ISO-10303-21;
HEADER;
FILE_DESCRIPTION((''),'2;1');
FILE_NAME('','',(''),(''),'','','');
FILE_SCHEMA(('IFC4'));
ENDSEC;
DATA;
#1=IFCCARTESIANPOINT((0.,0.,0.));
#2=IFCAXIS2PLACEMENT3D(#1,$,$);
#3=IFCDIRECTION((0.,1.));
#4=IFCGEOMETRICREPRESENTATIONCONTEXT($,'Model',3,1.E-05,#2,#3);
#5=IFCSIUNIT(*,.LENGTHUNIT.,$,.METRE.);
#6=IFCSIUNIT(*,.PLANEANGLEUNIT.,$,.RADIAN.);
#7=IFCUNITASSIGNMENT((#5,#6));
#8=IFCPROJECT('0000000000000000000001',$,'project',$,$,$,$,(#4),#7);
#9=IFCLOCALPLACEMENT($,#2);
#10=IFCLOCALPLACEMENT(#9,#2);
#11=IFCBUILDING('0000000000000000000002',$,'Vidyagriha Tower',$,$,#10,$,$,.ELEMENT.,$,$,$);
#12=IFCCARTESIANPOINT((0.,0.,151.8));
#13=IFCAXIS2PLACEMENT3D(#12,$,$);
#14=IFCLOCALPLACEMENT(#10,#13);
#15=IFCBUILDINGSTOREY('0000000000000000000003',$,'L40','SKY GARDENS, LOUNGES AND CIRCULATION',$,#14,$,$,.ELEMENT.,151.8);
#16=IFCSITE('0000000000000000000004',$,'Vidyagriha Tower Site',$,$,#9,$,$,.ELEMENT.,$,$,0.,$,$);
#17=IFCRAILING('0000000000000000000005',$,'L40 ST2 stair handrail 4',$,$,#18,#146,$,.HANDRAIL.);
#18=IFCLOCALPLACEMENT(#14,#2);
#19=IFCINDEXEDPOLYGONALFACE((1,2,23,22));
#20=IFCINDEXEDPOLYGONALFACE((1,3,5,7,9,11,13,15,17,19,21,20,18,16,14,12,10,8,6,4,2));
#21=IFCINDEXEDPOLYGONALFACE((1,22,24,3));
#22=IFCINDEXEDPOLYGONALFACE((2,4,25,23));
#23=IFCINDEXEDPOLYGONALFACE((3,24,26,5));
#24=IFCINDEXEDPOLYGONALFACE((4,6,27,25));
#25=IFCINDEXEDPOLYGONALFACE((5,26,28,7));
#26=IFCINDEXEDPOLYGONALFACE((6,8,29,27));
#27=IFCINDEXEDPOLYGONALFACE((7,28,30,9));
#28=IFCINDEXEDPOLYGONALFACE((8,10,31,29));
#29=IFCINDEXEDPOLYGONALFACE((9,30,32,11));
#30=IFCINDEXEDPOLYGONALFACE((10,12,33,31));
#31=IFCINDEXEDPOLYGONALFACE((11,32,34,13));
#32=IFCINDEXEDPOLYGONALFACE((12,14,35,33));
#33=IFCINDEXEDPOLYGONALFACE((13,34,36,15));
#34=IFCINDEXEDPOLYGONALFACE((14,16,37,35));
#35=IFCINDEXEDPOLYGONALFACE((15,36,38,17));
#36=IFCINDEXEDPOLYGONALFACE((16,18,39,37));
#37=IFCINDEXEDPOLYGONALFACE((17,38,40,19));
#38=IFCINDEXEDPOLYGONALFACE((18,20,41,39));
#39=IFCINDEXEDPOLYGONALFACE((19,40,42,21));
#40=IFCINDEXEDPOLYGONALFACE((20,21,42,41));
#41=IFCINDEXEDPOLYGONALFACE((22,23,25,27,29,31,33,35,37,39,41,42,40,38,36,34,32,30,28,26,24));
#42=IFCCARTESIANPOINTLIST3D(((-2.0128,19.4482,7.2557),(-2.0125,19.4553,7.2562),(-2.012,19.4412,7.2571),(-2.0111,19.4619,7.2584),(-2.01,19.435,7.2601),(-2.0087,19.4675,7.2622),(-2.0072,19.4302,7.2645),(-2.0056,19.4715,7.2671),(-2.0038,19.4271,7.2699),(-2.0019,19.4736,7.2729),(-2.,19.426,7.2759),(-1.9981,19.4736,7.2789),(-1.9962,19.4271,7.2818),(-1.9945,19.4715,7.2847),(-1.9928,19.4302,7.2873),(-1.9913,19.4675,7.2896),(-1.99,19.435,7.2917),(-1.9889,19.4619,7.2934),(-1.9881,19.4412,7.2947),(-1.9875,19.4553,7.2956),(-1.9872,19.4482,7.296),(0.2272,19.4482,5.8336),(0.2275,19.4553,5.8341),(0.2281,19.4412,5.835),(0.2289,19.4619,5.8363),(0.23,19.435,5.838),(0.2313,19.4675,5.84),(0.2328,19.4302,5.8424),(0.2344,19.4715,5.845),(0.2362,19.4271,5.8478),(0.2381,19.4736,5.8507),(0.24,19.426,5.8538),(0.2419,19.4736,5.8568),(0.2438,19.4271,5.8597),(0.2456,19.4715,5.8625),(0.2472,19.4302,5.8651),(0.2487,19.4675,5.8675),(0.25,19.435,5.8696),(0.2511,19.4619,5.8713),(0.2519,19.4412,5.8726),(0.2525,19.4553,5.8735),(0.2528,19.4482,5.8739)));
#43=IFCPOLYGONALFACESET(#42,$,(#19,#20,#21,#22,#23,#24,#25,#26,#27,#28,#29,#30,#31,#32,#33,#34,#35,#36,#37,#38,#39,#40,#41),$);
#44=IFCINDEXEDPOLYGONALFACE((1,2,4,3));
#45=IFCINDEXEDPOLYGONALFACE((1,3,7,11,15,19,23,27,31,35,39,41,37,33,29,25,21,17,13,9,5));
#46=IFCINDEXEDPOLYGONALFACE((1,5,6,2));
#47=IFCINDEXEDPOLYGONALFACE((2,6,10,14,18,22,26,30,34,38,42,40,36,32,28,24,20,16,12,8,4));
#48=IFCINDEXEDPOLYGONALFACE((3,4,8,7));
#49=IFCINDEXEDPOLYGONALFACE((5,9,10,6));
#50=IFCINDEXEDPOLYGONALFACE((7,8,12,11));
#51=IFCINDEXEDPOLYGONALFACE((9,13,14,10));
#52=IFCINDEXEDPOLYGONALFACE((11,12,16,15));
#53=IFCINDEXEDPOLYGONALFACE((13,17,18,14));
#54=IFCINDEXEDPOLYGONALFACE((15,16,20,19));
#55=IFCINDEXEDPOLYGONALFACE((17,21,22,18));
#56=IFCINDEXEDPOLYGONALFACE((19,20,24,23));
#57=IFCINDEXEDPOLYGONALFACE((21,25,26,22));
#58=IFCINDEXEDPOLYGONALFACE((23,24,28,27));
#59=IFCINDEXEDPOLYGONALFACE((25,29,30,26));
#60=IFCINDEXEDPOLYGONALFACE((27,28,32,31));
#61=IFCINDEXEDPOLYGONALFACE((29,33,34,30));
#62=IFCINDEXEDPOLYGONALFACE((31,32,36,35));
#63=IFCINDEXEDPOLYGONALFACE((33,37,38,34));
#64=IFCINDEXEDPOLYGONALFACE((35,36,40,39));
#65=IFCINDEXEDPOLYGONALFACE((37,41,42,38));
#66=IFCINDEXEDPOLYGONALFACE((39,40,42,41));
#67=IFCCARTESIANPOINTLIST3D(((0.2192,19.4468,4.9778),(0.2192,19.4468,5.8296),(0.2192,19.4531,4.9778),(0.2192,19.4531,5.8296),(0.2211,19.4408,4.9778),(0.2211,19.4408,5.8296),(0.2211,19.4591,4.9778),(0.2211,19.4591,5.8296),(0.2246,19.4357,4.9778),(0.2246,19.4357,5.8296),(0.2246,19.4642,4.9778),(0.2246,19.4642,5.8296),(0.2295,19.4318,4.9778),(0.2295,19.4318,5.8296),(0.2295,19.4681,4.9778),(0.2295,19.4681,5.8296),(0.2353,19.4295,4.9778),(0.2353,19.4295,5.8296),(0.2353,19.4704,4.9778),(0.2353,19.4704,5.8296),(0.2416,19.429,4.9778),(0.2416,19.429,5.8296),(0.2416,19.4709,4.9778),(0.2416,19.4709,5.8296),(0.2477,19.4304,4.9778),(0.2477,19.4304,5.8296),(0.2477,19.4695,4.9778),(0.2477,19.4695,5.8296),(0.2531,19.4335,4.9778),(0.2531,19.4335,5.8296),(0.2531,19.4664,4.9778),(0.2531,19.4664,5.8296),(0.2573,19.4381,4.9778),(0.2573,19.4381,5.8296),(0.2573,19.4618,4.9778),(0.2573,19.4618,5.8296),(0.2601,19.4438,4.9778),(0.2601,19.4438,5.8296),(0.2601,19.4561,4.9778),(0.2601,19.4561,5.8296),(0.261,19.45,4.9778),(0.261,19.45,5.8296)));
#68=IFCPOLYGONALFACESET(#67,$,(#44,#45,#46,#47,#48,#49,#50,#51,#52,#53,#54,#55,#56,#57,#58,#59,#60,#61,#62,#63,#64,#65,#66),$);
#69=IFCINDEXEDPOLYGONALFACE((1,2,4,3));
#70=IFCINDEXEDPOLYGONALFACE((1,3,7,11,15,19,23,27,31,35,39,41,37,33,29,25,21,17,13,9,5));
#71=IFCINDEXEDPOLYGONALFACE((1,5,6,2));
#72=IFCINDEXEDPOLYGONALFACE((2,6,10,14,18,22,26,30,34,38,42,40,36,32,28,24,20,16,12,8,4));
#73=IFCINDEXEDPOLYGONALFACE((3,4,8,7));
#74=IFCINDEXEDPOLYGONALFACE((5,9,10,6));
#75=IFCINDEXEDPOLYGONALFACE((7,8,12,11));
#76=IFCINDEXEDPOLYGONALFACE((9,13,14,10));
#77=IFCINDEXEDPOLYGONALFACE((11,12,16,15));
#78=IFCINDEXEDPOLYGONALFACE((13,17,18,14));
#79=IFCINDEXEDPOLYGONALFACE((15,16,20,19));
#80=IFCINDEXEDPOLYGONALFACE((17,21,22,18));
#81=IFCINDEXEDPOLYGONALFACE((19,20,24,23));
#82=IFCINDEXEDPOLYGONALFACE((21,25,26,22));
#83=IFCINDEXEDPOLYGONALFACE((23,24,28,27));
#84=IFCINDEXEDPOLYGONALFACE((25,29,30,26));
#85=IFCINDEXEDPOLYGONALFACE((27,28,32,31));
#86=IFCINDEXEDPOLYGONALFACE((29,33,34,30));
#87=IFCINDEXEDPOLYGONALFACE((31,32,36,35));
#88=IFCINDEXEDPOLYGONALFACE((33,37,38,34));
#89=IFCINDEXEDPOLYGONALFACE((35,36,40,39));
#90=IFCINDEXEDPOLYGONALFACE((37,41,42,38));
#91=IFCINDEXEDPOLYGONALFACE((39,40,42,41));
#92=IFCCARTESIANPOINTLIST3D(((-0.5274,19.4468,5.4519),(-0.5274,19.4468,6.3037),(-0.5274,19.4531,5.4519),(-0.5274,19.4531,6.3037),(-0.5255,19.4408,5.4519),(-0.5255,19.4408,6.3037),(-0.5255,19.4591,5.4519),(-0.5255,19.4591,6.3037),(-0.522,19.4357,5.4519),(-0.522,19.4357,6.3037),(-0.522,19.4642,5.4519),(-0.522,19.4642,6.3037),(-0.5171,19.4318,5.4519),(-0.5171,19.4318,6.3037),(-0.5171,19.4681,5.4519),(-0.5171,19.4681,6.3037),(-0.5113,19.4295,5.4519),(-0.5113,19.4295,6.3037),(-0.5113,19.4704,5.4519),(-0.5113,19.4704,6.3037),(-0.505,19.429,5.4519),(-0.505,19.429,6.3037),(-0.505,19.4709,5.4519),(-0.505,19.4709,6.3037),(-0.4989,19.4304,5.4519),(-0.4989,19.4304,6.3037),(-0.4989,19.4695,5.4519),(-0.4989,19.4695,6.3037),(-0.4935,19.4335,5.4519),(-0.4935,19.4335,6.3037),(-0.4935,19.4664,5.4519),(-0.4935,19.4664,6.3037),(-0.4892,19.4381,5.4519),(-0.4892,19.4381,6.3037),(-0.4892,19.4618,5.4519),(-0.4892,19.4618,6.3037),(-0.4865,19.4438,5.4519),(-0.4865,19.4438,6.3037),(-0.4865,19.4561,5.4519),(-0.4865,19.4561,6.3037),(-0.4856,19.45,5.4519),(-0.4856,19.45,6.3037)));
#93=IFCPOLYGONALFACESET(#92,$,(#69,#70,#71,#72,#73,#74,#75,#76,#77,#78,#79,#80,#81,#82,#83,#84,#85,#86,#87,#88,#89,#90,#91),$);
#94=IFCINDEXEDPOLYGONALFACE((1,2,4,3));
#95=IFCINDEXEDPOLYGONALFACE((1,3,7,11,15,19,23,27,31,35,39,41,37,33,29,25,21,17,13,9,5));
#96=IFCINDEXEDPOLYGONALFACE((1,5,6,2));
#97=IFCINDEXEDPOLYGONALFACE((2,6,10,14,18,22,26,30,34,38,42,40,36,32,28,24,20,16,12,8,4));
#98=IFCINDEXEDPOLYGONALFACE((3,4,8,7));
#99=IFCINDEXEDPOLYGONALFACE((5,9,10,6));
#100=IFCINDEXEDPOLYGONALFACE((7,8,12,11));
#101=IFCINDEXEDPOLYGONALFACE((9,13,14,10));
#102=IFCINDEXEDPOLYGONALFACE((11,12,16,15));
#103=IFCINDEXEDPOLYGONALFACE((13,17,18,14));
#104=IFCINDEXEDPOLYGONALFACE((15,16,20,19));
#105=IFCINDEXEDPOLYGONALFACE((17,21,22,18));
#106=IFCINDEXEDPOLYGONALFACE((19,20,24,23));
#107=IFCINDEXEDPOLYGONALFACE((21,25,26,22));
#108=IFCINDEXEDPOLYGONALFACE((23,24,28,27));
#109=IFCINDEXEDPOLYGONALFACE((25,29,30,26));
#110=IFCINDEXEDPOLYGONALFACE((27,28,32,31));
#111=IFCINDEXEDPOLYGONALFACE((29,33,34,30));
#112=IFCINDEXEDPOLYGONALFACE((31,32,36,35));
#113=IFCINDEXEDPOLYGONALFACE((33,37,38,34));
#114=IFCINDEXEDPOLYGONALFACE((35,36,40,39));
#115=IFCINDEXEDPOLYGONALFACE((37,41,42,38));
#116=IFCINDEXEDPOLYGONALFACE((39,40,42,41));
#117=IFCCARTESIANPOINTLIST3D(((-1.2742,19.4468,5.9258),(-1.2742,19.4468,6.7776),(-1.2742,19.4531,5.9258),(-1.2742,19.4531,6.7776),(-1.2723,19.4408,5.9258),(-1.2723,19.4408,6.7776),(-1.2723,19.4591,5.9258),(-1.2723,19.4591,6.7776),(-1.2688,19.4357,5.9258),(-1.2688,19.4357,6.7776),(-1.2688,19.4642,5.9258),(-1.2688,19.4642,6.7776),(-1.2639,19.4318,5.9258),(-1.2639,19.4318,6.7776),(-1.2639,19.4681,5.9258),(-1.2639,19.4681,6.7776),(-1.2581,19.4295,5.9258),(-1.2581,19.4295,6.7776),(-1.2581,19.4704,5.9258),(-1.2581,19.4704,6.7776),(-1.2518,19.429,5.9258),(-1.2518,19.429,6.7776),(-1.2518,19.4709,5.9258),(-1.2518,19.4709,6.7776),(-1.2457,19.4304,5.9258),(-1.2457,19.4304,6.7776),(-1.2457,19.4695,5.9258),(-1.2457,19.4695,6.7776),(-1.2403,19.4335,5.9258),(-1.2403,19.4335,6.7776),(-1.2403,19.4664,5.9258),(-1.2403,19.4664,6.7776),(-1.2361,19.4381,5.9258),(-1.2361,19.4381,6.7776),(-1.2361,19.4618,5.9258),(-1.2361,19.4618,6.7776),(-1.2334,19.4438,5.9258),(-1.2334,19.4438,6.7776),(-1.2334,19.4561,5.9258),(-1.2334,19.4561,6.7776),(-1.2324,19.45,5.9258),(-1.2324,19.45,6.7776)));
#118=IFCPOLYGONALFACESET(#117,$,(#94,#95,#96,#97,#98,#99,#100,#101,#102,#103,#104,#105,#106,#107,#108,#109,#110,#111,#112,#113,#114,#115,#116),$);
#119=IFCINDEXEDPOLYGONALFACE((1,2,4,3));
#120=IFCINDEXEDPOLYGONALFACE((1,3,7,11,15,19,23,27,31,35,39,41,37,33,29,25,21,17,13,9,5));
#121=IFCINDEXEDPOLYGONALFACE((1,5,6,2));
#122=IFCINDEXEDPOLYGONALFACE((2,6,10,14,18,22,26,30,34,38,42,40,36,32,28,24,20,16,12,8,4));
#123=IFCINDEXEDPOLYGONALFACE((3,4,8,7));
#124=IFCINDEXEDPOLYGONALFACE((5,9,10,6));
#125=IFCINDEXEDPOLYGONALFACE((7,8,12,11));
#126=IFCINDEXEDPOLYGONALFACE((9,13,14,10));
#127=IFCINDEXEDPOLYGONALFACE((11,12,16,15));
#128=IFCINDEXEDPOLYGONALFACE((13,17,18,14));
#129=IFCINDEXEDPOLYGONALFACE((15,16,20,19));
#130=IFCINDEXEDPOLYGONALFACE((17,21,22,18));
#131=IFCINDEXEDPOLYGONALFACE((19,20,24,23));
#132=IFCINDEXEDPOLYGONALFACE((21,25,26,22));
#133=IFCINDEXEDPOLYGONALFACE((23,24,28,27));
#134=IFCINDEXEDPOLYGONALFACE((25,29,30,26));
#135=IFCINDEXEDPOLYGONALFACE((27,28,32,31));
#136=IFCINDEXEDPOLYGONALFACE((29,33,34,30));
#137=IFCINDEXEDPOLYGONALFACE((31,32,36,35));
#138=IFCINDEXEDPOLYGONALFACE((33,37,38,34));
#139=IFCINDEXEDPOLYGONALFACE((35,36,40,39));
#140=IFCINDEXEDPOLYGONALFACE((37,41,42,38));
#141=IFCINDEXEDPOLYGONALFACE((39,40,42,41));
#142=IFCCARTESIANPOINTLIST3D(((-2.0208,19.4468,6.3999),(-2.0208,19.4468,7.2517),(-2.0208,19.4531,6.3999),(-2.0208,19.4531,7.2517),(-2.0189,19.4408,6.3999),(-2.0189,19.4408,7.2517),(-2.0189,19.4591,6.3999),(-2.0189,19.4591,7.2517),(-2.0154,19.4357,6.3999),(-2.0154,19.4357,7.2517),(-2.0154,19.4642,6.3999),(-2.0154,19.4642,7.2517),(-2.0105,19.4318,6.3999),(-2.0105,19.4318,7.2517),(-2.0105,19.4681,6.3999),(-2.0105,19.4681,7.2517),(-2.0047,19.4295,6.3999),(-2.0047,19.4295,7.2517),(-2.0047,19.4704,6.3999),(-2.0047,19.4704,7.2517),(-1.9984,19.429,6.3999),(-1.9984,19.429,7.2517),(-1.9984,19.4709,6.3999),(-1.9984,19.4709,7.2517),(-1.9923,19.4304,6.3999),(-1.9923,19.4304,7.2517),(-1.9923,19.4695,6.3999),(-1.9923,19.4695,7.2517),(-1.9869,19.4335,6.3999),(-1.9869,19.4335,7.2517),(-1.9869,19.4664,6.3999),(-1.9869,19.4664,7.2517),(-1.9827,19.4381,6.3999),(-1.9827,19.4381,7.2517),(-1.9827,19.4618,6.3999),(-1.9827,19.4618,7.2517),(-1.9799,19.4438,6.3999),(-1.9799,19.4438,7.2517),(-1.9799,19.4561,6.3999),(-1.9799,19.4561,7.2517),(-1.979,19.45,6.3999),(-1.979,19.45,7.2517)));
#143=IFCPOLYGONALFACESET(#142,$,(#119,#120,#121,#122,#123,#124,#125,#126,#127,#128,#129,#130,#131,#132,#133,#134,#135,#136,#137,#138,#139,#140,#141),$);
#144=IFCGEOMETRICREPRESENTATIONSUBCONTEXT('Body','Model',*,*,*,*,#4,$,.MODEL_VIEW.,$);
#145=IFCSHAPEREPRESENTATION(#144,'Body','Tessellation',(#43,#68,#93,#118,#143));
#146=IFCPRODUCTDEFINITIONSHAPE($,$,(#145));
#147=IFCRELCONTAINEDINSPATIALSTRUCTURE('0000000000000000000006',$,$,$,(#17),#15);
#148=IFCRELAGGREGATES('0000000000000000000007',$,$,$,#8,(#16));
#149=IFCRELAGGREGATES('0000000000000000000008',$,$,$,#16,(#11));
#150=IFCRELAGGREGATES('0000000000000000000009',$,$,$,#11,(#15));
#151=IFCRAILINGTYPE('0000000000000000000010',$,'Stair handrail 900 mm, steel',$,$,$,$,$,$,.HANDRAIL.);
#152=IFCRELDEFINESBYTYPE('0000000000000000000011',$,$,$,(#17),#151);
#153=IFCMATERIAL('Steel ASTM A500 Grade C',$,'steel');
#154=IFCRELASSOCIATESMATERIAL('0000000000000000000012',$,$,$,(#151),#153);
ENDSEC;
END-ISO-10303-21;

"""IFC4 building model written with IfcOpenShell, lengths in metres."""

from ifc_helpers import new_model, si_unit, direction, frame, origin, origin_2d, place, context, subcontext, project, spatial, circle, extrude, material, type_object, element, save


model = new_model("IFC4")

# Units and contexts
model_context = context("Model", 3, precision=1e-05, world=origin(), true_north=direction((0.0, 1.0)))
body_context = subcontext(model_context, "Body", "Model", "MODEL_VIEW")
ifc_project = project(units=[si_unit("LENGTHUNIT", "METRE"), si_unit("PLANEANGLEUNIT", "RADIAN")], contexts=[model_context])

# Site, building, storey
site_placement = place(None, origin())
site = spatial("IfcSite", under=ifc_project, at=site_placement, Name="Vidyagriha Tower Site", CompositionType="ELEMENT", RefElevation=0.0)
building_placement = place(site_placement, origin())
building = spatial("IfcBuilding", under=site, at=building_placement, Name="Vidyagriha Tower", CompositionType="ELEMENT")
storey_placement = place(building_placement, frame((0.0, 0.0, 151.8)))
storey = spatial("IfcBuildingStorey", under=building, at=storey_placement, Name="L40", Description="SKY GARDENS, LOUNGES AND CIRCULATION", CompositionType="ELEMENT", Elevation=151.8)

# Railing
ifc_material_1 = material(Name="Steel ASTM A500 Grade C", Category="steel")
railing_type_1 = type_object("IfcRailingType", Name="Stair handrail 900 mm, steel", PredefinedType="HANDRAIL", material=ifc_material_1)
for number, where, name in (
    (1, (0.24, 19.45, 4.9778), "L40 ST2 stair handrail 4"),
):
    element("IfcRailing", number, at=place(storey_placement, frame(where)), inside=storey, type_object=railing_type_1, Name=name, PredefinedType="HANDRAIL", context=body_context, shape_type="SweptSolid", body=[
        extrude(circle(Radius=0.0239, at=origin_2d()), frame((0.0, 0.0, 0.876), z_axis=(-0.844229, 0.0, 0.535982), x_axis=(0.0, -1.0, 0.0)), (0.0, 0.0, 1.0), 2.6533),
        extrude(circle(Radius=0.021, at=origin_2d()), origin(), (0.0, 0.0, 1.0), 0.8518),
        extrude(circle(Radius=0.021, at=origin_2d()), frame((-0.7466, 0.0, 0.4741)), (0.0, 0.0, 1.0), 0.8518),
        extrude(circle(Radius=0.021, at=origin_2d()), frame((-1.4934, 0.0, 0.948)), (0.0, 0.0, 1.0), 0.8518),
        extrude(circle(Radius=0.021, at=origin_2d()), frame((-2.24, 0.0, 1.4221)), (0.0, 0.0, 1.0), 0.8518),
    ])

save(model, "model.ifc")
